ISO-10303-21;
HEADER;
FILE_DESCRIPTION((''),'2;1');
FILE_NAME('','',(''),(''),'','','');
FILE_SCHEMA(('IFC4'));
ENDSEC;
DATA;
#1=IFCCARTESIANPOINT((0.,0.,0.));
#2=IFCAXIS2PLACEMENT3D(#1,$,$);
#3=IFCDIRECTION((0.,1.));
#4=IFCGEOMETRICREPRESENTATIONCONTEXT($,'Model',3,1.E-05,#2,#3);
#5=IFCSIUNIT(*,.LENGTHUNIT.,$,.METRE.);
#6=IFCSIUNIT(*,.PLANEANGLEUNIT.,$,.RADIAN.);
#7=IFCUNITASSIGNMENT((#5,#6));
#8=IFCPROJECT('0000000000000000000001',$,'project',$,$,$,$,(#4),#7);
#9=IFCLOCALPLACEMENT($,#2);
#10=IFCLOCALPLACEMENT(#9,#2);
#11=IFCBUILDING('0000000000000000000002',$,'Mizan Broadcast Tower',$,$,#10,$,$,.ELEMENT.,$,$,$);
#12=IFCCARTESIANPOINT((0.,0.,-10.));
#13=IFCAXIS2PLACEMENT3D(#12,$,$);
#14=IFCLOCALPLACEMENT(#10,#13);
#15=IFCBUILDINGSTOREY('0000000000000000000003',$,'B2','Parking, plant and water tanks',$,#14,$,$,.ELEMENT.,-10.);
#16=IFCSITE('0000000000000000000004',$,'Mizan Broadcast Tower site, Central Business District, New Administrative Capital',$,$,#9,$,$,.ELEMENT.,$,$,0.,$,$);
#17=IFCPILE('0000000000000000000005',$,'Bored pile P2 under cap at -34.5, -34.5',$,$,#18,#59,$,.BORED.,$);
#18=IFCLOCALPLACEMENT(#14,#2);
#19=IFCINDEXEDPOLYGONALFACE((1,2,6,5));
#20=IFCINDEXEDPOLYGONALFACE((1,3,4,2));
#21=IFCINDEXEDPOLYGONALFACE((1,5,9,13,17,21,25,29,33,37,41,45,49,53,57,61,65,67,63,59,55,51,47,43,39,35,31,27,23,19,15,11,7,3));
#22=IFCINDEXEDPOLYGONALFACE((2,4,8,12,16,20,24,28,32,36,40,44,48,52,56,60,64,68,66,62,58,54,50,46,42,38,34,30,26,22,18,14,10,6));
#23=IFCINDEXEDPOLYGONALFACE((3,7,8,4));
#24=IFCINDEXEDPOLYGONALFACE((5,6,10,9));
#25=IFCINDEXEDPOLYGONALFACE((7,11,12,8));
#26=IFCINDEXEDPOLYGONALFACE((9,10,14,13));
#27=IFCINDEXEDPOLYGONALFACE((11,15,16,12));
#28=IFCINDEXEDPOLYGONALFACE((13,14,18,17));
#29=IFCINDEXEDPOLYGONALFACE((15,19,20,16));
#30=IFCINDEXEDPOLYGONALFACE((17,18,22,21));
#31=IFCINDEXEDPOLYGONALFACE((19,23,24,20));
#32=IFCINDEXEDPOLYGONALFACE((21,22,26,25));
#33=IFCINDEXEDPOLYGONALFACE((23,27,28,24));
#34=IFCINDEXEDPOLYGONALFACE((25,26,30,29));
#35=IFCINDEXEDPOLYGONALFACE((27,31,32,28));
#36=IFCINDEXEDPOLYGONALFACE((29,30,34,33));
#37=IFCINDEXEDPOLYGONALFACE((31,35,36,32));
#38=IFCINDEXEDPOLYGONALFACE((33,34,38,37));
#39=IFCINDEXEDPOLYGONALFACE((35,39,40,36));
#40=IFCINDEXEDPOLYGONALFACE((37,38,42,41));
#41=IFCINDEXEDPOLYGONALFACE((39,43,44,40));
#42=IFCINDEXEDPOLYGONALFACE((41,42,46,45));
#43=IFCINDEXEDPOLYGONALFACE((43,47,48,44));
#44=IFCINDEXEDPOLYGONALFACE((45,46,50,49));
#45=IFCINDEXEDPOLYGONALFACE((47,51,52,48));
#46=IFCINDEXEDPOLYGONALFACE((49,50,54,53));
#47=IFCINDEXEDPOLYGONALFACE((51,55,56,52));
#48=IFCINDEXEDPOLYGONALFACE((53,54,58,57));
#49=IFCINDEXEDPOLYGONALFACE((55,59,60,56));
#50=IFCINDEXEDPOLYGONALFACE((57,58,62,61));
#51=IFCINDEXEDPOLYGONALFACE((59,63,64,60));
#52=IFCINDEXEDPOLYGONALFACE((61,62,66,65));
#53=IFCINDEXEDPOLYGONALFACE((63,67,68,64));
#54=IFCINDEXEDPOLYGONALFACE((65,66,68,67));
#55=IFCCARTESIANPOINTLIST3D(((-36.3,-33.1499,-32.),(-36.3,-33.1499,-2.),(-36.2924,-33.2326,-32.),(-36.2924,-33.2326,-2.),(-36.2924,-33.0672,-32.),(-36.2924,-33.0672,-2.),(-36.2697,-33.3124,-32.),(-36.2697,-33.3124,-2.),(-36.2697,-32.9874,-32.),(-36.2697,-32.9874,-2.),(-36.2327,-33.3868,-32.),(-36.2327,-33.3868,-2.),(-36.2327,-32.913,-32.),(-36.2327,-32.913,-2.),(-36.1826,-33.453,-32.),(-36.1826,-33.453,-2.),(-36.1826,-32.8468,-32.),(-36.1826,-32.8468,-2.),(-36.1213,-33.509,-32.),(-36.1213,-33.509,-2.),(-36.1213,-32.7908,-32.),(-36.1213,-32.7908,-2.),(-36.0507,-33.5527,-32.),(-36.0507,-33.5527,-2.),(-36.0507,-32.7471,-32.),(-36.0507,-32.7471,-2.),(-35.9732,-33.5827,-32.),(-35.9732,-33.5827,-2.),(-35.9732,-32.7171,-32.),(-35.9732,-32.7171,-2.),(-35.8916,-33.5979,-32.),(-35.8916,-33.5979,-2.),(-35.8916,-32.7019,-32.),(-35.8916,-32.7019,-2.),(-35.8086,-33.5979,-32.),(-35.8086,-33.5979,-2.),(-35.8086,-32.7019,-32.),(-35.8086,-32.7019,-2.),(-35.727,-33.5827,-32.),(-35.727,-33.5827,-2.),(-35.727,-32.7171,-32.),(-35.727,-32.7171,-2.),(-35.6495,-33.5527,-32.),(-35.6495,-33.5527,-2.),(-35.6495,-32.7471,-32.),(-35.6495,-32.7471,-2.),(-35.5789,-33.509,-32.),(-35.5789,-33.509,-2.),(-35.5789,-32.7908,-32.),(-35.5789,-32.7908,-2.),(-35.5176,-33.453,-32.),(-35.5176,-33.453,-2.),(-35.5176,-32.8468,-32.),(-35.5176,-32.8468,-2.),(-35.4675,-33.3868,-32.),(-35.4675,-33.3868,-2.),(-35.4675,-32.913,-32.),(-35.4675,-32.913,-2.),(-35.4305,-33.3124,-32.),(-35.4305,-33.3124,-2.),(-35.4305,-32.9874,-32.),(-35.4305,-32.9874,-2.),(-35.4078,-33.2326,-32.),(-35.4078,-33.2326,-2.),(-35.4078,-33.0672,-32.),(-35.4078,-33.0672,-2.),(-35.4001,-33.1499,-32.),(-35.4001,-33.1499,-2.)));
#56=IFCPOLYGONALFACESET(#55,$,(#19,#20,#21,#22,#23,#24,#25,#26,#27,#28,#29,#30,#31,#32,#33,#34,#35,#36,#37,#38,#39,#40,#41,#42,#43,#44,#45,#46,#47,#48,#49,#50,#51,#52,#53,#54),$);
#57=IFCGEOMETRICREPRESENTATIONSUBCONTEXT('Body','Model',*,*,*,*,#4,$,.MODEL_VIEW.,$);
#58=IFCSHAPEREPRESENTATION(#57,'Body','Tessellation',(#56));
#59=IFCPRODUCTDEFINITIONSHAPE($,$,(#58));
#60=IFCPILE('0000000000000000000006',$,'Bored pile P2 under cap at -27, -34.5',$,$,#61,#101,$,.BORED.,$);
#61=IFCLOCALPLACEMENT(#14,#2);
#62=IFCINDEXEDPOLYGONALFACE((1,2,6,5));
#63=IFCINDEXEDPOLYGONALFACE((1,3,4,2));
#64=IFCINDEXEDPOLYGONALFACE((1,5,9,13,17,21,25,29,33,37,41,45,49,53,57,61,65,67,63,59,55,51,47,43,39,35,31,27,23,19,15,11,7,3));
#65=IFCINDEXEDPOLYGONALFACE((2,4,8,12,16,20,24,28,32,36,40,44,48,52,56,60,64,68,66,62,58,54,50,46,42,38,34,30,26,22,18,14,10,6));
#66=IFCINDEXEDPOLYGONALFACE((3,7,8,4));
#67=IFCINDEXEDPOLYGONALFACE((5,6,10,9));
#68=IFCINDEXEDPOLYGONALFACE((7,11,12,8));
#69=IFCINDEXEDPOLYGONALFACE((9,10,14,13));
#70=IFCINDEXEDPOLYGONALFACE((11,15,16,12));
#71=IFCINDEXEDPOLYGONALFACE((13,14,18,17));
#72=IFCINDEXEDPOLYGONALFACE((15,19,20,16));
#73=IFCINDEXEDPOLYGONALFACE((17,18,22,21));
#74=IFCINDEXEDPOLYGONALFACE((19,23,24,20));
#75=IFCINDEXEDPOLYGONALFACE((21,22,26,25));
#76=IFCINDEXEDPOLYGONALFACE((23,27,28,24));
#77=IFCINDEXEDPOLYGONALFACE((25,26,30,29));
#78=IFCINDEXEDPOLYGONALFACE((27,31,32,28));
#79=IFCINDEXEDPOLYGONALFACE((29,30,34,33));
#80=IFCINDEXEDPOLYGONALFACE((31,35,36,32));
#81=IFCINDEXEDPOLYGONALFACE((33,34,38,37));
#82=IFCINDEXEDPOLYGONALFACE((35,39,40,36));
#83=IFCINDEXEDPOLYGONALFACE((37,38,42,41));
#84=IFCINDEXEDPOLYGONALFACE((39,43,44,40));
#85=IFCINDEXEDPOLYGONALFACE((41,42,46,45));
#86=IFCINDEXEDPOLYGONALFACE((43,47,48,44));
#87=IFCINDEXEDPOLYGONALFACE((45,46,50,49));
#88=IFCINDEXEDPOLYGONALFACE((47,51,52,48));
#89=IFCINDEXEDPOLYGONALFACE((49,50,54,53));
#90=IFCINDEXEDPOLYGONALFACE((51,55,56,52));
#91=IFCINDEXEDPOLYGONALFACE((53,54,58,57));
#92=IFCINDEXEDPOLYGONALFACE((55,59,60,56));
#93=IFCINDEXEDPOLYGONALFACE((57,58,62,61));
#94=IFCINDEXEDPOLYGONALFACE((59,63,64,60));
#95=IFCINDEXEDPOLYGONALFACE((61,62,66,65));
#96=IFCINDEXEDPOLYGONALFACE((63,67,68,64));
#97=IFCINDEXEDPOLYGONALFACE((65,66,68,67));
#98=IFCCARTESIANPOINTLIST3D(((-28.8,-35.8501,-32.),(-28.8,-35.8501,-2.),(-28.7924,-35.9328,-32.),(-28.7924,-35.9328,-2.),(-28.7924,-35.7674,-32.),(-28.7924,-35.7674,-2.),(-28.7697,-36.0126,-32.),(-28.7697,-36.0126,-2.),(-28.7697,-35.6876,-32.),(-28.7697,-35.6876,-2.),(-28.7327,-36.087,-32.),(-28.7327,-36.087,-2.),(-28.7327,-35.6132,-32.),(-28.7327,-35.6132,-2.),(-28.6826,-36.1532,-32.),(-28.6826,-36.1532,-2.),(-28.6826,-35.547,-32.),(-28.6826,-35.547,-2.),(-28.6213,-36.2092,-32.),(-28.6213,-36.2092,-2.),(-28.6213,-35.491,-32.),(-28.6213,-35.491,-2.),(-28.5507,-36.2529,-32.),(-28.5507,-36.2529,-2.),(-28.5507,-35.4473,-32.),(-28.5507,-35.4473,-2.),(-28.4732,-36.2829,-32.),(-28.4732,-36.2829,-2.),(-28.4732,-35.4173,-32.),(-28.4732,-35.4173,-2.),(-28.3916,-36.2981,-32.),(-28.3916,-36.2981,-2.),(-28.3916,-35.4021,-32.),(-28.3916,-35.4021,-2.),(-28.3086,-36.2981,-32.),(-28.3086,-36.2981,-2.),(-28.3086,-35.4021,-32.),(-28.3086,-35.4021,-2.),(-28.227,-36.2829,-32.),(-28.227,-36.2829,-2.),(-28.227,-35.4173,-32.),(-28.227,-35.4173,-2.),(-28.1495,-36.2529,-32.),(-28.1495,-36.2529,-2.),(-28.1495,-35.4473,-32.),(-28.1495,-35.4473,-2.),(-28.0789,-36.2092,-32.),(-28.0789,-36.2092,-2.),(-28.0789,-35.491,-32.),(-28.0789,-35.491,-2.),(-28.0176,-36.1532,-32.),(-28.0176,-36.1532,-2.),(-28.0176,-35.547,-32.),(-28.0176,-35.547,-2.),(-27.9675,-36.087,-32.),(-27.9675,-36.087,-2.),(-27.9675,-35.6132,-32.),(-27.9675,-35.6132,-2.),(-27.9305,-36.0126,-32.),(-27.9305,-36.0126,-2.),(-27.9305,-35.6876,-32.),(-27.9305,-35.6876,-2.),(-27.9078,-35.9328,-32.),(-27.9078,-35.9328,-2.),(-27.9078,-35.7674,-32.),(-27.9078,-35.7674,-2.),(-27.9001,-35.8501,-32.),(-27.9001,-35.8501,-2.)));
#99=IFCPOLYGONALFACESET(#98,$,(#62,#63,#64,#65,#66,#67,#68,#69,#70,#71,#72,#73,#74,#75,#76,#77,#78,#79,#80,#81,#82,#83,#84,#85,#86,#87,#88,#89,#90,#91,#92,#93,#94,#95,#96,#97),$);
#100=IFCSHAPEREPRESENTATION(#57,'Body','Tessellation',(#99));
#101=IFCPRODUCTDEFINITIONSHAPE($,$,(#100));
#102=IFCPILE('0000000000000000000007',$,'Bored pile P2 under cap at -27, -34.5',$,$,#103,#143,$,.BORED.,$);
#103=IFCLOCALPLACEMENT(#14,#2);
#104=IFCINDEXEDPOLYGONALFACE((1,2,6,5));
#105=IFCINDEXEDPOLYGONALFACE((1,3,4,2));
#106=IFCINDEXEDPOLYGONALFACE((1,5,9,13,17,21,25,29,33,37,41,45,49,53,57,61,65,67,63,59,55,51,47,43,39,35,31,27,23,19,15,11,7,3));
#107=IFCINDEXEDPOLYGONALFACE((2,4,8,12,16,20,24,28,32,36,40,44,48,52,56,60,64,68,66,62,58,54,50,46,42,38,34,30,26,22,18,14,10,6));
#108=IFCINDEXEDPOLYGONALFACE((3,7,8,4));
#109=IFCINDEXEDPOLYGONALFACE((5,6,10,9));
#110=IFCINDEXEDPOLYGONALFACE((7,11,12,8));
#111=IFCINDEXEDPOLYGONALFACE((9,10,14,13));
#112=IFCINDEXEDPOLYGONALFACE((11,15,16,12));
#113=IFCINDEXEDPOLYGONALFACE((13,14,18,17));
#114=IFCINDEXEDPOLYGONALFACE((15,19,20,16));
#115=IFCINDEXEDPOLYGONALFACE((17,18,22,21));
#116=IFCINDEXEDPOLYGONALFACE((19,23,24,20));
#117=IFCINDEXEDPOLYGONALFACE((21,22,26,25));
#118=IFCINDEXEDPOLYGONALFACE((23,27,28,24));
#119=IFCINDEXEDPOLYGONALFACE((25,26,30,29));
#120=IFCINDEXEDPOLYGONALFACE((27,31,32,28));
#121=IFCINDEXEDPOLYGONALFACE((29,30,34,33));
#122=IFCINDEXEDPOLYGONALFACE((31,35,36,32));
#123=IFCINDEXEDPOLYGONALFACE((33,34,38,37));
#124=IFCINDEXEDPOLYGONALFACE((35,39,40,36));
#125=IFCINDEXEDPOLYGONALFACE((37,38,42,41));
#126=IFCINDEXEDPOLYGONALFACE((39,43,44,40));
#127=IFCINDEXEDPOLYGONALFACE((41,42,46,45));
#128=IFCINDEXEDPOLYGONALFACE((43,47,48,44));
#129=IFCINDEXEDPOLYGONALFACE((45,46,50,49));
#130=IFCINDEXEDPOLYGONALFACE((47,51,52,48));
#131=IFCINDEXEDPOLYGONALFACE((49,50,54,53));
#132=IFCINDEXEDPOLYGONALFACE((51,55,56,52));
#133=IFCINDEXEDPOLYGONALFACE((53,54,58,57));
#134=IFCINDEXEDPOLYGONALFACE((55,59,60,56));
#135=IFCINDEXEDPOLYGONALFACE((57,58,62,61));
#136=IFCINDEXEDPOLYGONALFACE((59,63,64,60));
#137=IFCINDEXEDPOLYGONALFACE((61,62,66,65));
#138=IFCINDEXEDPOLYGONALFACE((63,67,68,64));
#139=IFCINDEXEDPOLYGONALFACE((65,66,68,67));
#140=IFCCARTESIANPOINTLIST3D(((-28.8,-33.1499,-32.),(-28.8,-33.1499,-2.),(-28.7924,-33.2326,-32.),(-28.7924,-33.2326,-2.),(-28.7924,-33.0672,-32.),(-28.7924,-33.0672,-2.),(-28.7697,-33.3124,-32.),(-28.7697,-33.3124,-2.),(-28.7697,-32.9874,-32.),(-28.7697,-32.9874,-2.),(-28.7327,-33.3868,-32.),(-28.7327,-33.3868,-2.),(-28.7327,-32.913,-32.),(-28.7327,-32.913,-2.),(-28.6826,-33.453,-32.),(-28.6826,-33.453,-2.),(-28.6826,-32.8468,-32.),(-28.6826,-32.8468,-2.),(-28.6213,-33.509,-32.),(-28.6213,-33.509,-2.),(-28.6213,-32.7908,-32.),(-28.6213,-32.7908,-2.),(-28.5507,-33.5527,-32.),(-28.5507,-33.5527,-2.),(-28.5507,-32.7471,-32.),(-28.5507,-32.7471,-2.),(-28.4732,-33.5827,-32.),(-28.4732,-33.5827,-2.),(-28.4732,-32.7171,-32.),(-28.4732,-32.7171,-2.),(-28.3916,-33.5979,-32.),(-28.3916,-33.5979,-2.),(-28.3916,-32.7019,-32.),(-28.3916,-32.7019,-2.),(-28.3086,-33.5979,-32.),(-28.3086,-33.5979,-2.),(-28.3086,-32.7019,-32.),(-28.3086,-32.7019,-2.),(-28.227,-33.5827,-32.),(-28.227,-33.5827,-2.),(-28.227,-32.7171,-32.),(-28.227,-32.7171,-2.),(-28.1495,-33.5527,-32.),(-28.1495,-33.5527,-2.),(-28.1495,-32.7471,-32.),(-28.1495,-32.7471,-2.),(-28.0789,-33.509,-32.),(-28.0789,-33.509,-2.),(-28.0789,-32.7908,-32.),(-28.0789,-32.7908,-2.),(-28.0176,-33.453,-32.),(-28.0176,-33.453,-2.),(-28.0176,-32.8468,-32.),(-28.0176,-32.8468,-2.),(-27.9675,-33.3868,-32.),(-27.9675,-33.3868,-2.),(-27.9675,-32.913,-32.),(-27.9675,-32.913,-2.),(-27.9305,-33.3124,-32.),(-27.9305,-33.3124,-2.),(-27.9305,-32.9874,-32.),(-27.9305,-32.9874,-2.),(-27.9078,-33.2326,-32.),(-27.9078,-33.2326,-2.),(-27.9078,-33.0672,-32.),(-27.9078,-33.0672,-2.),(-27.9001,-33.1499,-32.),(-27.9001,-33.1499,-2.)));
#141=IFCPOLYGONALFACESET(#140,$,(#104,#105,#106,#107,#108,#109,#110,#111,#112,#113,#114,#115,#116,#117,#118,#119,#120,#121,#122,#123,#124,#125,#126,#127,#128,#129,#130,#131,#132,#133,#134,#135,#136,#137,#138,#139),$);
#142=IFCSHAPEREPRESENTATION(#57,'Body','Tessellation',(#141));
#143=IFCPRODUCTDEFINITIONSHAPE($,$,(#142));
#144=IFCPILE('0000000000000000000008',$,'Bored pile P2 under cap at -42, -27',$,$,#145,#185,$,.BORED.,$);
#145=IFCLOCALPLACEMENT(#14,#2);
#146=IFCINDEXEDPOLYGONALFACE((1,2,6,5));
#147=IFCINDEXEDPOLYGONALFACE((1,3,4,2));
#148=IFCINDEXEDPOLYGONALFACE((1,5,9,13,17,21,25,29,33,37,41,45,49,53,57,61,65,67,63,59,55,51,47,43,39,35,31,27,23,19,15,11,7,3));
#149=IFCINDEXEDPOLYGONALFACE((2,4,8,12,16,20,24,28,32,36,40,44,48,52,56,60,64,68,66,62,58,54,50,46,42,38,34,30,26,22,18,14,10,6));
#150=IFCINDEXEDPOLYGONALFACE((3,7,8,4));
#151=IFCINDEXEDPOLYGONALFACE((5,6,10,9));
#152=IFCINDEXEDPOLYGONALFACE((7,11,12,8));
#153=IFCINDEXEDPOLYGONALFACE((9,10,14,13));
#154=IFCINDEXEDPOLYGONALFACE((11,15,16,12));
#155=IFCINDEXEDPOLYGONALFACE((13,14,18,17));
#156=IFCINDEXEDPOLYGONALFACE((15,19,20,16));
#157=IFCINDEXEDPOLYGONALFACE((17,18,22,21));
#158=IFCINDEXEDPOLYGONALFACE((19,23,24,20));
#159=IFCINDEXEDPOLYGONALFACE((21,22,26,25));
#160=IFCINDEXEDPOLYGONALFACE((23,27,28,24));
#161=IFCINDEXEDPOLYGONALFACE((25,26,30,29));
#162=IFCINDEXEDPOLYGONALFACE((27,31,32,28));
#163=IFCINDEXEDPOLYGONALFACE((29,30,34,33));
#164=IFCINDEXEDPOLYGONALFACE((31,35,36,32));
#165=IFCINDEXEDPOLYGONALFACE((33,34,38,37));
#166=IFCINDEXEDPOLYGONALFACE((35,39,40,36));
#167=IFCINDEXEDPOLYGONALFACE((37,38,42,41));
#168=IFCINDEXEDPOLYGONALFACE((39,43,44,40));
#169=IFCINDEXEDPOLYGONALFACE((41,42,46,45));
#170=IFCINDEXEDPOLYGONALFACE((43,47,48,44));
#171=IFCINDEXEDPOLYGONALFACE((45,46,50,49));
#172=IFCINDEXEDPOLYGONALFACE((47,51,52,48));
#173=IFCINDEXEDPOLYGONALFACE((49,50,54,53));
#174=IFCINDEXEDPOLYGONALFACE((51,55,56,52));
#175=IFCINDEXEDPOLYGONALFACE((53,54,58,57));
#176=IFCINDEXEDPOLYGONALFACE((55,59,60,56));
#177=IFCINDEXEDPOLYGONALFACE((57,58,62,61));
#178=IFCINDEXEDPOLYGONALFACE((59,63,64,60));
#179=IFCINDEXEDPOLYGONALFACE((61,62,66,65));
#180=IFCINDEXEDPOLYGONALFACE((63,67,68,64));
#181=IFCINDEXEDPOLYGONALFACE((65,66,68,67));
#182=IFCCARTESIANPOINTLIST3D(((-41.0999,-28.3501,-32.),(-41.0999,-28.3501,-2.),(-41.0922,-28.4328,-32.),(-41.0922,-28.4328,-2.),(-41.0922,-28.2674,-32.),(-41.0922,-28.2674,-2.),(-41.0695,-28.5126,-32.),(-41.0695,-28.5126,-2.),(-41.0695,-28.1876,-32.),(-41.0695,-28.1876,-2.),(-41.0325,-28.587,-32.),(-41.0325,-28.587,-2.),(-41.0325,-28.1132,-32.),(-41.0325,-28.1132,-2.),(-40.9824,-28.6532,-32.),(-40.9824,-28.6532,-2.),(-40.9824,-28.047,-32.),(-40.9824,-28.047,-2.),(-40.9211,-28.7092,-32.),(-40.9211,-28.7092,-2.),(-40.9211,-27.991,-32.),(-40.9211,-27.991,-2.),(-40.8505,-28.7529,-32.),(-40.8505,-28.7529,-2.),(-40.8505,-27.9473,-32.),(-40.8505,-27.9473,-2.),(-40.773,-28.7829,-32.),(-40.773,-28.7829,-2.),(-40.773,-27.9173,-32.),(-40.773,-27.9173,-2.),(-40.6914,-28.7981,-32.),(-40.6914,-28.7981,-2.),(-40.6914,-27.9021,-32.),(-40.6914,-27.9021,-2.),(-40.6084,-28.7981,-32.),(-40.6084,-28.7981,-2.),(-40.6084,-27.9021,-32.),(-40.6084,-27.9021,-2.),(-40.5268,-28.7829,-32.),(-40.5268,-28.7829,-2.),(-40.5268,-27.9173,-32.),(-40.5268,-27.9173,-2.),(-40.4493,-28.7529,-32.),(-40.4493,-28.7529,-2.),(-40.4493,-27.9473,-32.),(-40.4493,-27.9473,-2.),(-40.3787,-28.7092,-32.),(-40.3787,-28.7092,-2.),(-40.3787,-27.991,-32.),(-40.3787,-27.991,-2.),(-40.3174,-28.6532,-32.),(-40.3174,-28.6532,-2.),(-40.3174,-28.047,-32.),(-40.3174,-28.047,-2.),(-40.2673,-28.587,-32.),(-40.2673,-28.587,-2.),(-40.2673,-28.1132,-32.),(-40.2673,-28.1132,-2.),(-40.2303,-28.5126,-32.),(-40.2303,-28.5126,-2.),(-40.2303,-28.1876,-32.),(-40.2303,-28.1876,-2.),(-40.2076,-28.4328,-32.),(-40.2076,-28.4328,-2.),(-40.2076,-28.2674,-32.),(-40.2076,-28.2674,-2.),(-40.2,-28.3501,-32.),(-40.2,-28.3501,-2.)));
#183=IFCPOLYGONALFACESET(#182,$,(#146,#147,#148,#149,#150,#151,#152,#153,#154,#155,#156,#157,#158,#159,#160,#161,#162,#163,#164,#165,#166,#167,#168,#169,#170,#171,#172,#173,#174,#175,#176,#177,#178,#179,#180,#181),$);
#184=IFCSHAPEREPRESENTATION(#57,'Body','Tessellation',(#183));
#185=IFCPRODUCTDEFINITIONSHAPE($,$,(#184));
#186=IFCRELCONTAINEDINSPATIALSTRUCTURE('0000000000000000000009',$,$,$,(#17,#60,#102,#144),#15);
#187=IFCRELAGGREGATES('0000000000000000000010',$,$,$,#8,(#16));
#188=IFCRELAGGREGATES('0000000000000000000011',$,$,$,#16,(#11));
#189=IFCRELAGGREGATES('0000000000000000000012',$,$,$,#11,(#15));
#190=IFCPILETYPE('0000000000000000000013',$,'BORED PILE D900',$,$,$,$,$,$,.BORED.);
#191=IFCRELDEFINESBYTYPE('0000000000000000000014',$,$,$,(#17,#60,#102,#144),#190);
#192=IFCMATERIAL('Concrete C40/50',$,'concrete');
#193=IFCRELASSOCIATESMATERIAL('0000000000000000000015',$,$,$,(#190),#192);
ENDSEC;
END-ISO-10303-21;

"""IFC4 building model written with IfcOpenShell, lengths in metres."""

from ifc_helpers import new_model, si_unit, direction, frame, origin, origin_2d, place, context, subcontext, project, spatial, circle, extrude, material, material_profile, profile_set, type_object, element, save


model = new_model("IFC4")

# Units and contexts
model_context = context("Model", 3, precision=1e-05, world=origin(), true_north=direction((0.0, 1.0)))
body_context = subcontext(model_context, "Body", "Model", "MODEL_VIEW")
ifc_project = project(units=[si_unit("LENGTHUNIT", "METRE"), si_unit("PLANEANGLEUNIT", "RADIAN")], contexts=[model_context])

# Site, building, storey
site_placement = place(None, origin())
site = spatial("IfcSite", under=ifc_project, at=site_placement, Name="Mizan Broadcast Tower site, Central Business District, New Administrative Capital", CompositionType="ELEMENT", RefElevation=0.0)
building_placement = place(site_placement, origin())
building = spatial("IfcBuilding", under=site, at=building_placement, Name="Mizan Broadcast Tower", CompositionType="ELEMENT")
storey_placement = place(building_placement, frame((0.0, 0.0, -10.0)))
storey = spatial("IfcBuildingStorey", under=building, at=storey_placement, Name="B2", Description="Parking, plant and water tanks", CompositionType="ELEMENT", Elevation=-10.0)

# Piles
ifc_material_1 = material(Name="Concrete C40/50", Category="concrete")
ifc_material_profile_1 = material_profile(ifc_material_1, circle(Radius=0.45, at=origin_2d()), Name="D900")
ifc_profile_set_1 = profile_set([ifc_material_profile_1], Name="Concrete C40/50")
pile_type = type_object("IfcPileType", Name="BORED PILE D900", PredefinedType="BORED", material=ifc_profile_set_1)
for number, where, z_axis, x_axis, name in (
    (1, (-35.8501, -33.1499, -2.0), (0.0, 0.0, -1.0), (1.0, 0.0, 0.0), "Bored pile P2 under cap at -34.5, -34.5"),
    (2, (-28.3501, -35.8501, -2.0), (0.0, 0.0, -1.0), (1.0, 0.0, 0.0), "Bored pile P2 under cap at -27, -34.5"),
    (3, (-28.3501, -33.1499, -2.0), (0.0, 0.0, -1.0), (1.0, 0.0, 0.0), "Bored pile P2 under cap at -27, -34.5"),
    (4, (-40.6499, -28.3501, -2.0), (0.0, 0.0, -1.0), (1.0, 0.0, 0.0), "Bored pile P2 under cap at -42, -27"),
):
    element("IfcPile", number, at=place(storey_placement, frame(where, z_axis=z_axis, x_axis=x_axis)), inside=storey, type_object=pile_type, Name=name, PredefinedType="BORED", context=body_context, shape_type="SweptSolid", body=[
        extrude(circle(Radius=0.45, at=origin_2d()), origin(), (0.0, 0.0, 1.0), 30.0),
    ])

save(model, "model.ifc")
